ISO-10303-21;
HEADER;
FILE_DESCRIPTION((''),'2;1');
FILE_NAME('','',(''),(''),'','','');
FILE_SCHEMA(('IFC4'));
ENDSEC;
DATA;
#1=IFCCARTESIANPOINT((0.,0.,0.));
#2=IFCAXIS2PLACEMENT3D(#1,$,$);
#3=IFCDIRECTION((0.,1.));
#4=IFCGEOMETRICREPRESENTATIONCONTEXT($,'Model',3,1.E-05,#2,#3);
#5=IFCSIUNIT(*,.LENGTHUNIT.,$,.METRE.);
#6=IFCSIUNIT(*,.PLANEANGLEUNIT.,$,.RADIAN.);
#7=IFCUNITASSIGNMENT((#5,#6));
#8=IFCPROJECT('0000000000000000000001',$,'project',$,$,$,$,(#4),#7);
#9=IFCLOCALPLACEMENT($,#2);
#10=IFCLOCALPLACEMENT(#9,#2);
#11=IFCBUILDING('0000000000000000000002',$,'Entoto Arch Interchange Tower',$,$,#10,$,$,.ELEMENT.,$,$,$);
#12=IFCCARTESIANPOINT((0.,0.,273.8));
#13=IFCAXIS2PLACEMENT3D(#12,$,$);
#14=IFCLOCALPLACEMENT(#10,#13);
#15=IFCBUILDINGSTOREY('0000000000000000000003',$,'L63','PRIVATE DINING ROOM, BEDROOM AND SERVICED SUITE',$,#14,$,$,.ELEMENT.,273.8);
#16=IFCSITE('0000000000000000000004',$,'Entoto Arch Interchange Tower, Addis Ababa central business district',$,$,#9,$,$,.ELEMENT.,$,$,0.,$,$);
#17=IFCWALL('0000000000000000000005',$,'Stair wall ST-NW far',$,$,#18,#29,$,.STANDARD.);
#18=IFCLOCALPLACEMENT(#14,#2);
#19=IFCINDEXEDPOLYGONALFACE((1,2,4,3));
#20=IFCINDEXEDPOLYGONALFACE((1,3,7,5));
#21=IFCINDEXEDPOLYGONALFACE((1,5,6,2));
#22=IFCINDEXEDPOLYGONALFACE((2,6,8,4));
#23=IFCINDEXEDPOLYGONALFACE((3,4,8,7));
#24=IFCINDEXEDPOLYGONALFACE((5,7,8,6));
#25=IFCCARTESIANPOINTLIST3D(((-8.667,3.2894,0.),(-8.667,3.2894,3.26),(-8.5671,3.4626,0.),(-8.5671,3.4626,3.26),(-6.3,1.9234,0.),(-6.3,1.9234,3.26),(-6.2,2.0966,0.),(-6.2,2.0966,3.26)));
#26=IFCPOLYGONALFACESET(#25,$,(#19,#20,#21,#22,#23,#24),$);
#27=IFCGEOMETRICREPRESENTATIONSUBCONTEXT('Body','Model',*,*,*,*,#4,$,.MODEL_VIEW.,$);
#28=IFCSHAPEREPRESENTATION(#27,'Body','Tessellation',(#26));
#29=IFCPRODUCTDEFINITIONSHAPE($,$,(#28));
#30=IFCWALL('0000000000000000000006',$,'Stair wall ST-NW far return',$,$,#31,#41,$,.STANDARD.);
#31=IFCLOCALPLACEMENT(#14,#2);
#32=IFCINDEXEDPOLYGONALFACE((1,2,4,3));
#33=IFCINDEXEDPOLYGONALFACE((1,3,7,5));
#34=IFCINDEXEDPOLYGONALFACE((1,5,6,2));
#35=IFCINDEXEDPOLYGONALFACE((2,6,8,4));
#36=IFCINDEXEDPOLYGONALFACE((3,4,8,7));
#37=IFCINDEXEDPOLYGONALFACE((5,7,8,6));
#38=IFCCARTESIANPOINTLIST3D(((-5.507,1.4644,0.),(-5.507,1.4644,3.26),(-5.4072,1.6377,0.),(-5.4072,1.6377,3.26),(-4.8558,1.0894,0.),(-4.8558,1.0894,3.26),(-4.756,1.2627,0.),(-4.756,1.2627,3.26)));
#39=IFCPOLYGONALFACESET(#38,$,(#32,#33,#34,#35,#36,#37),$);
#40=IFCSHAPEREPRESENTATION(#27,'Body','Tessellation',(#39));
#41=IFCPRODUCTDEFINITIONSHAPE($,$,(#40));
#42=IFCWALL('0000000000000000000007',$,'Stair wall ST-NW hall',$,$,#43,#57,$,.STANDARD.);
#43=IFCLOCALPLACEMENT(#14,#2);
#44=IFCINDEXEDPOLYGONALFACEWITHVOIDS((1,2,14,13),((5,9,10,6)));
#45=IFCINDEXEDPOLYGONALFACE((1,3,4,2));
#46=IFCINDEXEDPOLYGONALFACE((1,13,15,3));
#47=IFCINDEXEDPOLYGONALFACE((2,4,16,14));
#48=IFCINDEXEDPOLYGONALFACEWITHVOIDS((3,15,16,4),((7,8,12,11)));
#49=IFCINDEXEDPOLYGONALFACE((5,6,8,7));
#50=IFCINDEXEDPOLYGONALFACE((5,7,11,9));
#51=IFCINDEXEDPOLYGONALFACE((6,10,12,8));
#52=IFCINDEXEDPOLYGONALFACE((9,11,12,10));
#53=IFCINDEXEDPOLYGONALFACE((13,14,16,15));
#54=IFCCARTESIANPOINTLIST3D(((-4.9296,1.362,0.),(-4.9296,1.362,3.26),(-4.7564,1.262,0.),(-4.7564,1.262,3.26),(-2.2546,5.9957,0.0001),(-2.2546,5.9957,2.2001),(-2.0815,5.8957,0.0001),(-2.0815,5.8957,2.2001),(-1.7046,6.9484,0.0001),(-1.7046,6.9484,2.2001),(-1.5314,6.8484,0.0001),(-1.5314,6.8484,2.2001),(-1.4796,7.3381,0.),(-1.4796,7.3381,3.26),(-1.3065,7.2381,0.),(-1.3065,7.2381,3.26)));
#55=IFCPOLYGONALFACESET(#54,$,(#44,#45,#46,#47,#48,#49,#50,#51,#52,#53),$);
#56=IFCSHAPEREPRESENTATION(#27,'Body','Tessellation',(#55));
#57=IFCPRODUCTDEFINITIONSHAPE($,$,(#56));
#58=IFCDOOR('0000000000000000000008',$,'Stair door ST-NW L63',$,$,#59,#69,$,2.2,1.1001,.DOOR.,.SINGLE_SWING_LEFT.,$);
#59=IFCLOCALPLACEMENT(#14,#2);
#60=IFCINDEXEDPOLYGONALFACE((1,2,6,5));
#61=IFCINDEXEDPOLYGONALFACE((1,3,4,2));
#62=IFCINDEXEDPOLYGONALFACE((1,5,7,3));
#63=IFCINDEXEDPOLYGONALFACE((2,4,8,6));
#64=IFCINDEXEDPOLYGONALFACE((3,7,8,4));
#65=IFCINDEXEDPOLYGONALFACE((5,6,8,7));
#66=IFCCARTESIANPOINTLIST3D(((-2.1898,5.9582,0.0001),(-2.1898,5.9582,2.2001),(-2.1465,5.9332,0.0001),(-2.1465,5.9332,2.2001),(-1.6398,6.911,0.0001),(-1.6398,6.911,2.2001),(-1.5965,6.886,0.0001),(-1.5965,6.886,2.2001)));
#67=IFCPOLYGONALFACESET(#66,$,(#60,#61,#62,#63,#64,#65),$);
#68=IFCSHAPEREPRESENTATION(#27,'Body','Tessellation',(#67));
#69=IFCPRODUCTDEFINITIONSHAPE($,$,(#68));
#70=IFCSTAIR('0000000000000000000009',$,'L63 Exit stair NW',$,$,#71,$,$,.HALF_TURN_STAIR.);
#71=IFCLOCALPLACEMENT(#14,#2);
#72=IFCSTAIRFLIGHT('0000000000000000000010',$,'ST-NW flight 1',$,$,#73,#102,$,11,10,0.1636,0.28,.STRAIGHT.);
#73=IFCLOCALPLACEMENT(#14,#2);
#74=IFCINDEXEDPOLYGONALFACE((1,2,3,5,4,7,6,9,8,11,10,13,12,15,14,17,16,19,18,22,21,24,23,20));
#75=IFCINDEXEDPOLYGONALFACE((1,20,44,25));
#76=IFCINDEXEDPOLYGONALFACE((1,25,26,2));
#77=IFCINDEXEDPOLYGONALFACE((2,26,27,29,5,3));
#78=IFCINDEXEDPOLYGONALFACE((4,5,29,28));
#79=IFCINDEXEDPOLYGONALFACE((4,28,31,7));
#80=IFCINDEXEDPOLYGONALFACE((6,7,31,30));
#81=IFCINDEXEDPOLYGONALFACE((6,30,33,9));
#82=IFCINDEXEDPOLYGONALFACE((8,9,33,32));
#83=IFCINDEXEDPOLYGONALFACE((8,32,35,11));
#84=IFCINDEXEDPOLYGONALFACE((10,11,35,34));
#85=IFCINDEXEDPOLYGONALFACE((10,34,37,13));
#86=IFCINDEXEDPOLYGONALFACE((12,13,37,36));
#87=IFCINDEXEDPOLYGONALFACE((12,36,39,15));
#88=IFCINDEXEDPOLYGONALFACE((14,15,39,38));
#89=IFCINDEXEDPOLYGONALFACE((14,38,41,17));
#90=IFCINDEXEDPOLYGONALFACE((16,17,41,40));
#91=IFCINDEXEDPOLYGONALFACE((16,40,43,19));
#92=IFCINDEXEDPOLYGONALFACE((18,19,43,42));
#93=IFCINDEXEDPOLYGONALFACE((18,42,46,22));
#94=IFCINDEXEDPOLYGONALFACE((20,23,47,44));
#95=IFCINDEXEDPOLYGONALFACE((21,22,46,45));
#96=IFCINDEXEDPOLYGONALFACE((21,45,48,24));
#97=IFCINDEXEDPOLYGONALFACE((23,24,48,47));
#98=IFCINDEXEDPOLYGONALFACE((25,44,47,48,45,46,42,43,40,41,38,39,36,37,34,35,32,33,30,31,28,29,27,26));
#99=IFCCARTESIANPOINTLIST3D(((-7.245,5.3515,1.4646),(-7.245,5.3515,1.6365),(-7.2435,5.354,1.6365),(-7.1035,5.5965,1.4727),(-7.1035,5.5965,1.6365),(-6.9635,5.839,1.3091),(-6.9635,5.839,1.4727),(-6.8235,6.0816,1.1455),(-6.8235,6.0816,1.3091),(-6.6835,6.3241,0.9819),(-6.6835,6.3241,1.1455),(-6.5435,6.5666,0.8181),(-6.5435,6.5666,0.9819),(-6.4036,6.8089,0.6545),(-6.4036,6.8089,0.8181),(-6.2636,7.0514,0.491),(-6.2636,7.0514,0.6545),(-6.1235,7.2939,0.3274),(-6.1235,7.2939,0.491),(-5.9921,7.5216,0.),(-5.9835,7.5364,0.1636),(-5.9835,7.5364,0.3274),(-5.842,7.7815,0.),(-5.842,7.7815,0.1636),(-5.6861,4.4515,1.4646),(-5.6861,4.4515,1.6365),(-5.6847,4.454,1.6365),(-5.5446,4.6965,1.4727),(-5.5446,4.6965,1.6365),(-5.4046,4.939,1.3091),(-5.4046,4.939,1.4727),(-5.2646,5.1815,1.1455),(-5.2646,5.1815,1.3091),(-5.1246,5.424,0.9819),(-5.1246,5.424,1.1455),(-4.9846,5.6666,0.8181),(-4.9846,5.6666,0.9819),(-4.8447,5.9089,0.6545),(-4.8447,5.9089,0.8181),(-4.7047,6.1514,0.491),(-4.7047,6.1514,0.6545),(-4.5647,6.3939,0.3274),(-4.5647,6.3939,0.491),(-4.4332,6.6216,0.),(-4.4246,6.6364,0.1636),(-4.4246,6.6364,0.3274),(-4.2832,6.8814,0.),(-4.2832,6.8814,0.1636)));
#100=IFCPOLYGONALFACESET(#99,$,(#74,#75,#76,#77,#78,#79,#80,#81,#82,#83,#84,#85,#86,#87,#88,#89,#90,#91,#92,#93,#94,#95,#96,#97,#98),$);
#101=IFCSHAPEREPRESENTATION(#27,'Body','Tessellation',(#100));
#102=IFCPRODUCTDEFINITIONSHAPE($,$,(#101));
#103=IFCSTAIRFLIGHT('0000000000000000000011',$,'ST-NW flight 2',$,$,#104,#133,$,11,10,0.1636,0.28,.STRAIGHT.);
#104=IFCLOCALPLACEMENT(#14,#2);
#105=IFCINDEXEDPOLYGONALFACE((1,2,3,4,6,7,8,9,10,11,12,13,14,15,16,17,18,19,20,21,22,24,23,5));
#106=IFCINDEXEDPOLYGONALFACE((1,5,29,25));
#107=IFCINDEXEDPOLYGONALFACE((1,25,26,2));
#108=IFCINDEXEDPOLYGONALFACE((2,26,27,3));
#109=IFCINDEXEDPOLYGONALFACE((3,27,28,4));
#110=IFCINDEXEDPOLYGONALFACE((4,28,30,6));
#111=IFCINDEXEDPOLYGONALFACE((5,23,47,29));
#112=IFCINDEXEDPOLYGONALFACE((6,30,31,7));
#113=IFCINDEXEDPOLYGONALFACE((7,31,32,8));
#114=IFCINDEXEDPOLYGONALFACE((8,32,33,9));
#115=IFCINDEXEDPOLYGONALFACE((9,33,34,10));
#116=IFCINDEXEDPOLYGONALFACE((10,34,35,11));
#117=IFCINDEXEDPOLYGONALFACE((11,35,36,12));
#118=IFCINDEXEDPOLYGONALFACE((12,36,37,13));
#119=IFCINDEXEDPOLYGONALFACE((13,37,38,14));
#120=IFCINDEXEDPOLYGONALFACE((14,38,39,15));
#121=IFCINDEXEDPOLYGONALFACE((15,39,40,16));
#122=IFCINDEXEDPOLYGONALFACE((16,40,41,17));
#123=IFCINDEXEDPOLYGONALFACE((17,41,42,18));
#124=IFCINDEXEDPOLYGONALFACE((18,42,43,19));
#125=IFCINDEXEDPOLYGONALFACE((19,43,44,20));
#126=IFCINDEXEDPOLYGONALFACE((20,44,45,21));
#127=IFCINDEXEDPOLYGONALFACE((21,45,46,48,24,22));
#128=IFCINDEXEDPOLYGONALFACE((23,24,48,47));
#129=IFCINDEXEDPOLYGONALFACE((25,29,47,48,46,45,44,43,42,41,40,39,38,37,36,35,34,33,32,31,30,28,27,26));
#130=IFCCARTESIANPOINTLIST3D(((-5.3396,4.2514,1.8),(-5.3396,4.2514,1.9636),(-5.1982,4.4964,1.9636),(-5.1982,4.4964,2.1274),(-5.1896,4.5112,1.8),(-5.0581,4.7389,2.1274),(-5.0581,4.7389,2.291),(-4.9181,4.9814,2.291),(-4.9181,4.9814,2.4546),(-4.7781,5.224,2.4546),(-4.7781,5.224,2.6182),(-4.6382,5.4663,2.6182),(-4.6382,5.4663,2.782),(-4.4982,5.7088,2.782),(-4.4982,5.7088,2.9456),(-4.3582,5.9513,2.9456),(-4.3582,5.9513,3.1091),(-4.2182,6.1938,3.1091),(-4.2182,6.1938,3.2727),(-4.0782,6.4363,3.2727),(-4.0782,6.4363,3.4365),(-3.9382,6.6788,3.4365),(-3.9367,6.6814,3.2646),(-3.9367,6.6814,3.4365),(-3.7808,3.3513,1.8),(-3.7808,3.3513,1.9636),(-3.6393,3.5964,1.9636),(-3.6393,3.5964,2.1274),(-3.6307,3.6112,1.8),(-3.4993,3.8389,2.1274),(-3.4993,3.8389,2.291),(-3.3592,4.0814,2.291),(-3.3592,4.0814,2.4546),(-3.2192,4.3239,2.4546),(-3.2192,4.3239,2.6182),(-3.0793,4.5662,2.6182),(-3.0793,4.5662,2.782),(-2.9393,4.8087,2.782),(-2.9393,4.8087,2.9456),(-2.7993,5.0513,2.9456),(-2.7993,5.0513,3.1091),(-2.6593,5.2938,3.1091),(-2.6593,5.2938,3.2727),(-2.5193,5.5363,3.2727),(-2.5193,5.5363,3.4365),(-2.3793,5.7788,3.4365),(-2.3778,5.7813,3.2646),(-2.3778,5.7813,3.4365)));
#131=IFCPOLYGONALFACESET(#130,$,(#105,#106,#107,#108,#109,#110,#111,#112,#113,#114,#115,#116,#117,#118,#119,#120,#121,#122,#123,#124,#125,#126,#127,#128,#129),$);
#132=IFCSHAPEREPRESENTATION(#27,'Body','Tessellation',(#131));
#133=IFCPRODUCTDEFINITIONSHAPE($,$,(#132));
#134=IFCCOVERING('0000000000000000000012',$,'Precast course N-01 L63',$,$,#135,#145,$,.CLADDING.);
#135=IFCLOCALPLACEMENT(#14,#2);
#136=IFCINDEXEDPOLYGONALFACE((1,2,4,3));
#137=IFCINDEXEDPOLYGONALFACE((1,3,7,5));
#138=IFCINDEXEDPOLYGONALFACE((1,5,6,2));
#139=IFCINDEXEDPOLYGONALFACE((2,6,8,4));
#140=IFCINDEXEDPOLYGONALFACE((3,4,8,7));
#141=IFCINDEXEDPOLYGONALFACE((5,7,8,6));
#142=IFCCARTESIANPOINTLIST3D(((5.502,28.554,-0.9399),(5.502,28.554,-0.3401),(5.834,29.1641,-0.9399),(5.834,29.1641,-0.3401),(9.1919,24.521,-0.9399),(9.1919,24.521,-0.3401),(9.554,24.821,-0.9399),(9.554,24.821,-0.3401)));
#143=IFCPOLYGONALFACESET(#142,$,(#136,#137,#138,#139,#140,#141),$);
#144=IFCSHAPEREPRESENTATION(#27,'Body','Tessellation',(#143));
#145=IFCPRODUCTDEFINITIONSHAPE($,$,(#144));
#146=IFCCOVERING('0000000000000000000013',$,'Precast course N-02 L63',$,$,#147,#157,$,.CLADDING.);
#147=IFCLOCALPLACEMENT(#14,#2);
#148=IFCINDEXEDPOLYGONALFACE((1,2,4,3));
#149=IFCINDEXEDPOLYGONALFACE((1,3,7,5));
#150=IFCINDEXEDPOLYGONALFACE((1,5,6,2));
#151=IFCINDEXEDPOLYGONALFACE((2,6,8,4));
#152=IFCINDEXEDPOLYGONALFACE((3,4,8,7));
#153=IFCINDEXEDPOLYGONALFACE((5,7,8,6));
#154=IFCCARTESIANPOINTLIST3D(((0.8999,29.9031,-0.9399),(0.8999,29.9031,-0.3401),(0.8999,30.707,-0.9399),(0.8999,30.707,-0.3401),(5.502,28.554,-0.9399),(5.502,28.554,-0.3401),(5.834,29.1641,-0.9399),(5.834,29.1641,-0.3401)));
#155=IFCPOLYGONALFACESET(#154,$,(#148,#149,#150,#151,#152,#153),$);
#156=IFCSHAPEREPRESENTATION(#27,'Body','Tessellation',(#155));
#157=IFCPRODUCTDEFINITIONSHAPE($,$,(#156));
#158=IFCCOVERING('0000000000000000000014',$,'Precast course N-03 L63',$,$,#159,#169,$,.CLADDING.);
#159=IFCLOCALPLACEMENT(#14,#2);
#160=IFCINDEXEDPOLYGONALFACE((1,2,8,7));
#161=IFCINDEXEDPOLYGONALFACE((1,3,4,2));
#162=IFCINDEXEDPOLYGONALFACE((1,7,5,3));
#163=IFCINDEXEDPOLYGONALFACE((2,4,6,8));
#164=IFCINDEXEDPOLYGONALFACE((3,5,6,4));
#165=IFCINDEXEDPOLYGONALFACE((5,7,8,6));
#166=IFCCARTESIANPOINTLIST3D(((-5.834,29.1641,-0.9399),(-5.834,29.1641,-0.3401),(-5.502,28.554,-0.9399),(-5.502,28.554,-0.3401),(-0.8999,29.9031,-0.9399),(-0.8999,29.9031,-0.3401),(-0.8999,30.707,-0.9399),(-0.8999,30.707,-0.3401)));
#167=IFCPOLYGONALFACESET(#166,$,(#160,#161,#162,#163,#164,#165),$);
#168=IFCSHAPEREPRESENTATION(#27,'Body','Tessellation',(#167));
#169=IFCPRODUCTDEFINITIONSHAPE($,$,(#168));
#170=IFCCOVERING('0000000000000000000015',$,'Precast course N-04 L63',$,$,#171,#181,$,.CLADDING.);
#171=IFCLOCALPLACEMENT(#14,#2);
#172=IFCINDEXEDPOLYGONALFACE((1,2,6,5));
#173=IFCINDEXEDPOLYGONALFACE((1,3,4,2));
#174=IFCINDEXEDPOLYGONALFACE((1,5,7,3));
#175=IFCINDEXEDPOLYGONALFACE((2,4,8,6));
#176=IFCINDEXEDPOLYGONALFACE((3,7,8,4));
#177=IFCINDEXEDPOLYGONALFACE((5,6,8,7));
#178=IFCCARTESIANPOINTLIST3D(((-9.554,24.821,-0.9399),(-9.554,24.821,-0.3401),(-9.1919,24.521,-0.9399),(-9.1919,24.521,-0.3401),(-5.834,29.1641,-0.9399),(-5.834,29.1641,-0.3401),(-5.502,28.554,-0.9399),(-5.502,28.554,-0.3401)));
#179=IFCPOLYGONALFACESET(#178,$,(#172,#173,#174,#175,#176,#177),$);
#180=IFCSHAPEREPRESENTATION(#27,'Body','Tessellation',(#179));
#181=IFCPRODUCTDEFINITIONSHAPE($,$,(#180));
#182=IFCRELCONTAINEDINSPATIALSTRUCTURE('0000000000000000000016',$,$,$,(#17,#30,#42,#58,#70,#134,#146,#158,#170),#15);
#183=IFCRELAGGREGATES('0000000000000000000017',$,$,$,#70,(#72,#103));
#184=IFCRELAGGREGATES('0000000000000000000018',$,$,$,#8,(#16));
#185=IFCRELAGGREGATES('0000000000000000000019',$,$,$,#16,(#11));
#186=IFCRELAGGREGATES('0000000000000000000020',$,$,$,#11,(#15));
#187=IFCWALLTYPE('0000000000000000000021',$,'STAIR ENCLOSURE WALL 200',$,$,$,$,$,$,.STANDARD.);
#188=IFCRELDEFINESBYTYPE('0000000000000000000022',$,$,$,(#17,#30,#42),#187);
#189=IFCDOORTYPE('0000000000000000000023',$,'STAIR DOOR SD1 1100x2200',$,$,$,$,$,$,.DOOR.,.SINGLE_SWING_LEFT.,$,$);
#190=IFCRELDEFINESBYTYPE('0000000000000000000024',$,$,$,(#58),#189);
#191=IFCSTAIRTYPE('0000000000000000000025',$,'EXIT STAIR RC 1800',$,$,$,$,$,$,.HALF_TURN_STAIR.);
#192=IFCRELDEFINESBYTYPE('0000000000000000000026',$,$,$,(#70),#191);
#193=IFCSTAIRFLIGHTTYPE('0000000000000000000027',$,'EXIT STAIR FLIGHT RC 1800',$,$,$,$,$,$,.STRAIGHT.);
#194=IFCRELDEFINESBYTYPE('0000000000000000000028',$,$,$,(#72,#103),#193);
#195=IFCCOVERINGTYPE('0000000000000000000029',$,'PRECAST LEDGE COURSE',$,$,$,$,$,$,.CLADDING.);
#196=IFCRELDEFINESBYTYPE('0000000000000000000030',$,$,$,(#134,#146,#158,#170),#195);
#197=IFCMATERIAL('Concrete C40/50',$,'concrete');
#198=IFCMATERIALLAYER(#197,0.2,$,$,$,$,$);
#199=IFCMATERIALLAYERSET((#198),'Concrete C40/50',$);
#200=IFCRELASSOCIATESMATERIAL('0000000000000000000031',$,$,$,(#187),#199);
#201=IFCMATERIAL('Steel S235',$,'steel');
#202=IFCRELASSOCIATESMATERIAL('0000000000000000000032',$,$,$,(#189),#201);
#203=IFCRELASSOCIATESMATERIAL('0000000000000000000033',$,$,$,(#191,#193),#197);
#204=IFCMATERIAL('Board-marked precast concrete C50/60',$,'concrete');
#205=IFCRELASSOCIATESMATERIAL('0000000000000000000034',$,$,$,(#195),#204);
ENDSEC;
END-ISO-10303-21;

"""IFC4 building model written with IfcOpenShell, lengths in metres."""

from ifc_helpers import new_model, si_unit, direction, frame, frame_2d, origin, place, context, subcontext, project, spatial, polyline, rectangle, outline, extrude, material, layer, layer_set, type_object, element, fill, aggregate, save


model = new_model("IFC4")

# Units and contexts
model_context = context("Model", 3, precision=1e-05, world=origin(), true_north=direction((0.0, 1.0)))
body_context = subcontext(model_context, "Body", "Model", "MODEL_VIEW")
ifc_project = project(units=[si_unit("LENGTHUNIT", "METRE"), si_unit("PLANEANGLEUNIT", "RADIAN")], contexts=[model_context])

# Site, building, storey
site_placement = place(None, origin())
site = spatial("IfcSite", under=ifc_project, at=site_placement, Name="Entoto Arch Interchange Tower, Addis Ababa central business district", CompositionType="ELEMENT", RefElevation=0.0)
building_placement = place(site_placement, origin())
building = spatial("IfcBuilding", under=site, at=building_placement, Name="Entoto Arch Interchange Tower", CompositionType="ELEMENT")
storey_placement = place(building_placement, frame((0.0, 0.0, 273.8)))
storey = spatial("IfcBuildingStorey", under=building, at=storey_placement, Name="L63", Description="PRIVATE DINING ROOM, BEDROOM AND SERVICED SUITE", CompositionType="ELEMENT", Elevation=273.8)

# Shared definitions
ifc_material_1 = material(Name="Concrete C40/50", Category="concrete")

# Shared definitions
ifc_layer_1 = layer(ifc_material_1, 0.2)
ifc_layer_set_1 = layer_set([ifc_layer_1], Name="Concrete C40/50")
wall_type_1 = type_object("IfcWallType", Name="STAIR ENCLOSURE WALL 200", PredefinedType="STANDARD", material=ifc_layer_set_1)
ifc_material_2 = material(Name="Steel S235", Category="steel")
door_type_1 = type_object("IfcDoorType", Name="STAIR DOOR SD1 1100x2200", OperationType="SINGLE_SWING_LEFT", PredefinedType="DOOR", material=ifc_material_2)

# Walls
wall_1_placement = place(storey_placement, frame((-6.25, 2.01, 0.0), z_axis=(0.0, 0.0, 1.0), x_axis=(-0.866119, 0.499838, 0.0)))
element("IfcWall", 1, at=wall_1_placement, inside=storey, type_object=wall_type_1, Name="Stair wall ST-NW far", PredefinedType="STANDARD", context=body_context, shape_type="SweptSolid", body=[
    extrude(rectangle(XDim=2.7329, YDim=0.2, at=frame_2d((1.3665, 0.0))), origin(), (0.0, 0.0, 1.0), 3.26),
])
wall_2_placement = place(storey_placement, frame((-4.8059, 1.176, 0.0), z_axis=(0.0, 0.0, 1.0), x_axis=(-0.866559, 0.499075, 0.0)))
element("IfcWall", 2, at=wall_2_placement, inside=storey, type_object=wall_type_1, Name="Stair wall ST-NW far return", PredefinedType="STANDARD", context=body_context, shape_type="SweptSolid", body=[
    extrude(rectangle(XDim=0.7515, YDim=0.2, at=frame_2d((0.3757, 0.0))), origin(), (0.0, 0.0, 1.0), 3.26),
])

# Wall, opening, door
wall_3_placement = place(storey_placement, frame((-1.3931, 7.2881, 0.0), z_axis=(0.0, 0.0, 1.0), x_axis=(-0.499963, -0.866047, 0.0)))
wall_3 = element("IfcWall", 3, at=wall_3_placement, inside=storey, type_object=wall_type_1, Name="Stair wall ST-NW hall", PredefinedType="STANDARD", context=body_context, shape_type="SweptSolid", body=[
    extrude(rectangle(XDim=6.9004, YDim=0.2, at=frame_2d((3.4502, 0.0))), origin(), (0.0, 0.0, 1.0), 3.26),
])
opening_1_placement = place(wall_3_placement, frame((0.45, 0.0, 0.0)))
opening_1 = element("IfcOpeningElement", 4, at=opening_1_placement, cuts=wall_3, PredefinedType="OPENING", context=body_context, shape_type="SweptSolid", body=[
    extrude(rectangle(XDim=1.1001, YDim=2.2, at=frame_2d((0.55, 1.1001))), frame((0.0, 0.1099, 0.0), z_axis=(0.0, -1.0, 0.0), x_axis=(1.0, 0.0, 0.0)), (0.0, 0.0, 1.0), 0.22),
])
door_1_placement = place(opening_1_placement, origin())
door_1 = element("IfcDoor", 5, at=door_1_placement, inside=storey, type_object=door_type_1, Name="Stair door ST-NW L63", OperationType="SINGLE_SWING_LEFT", OverallHeight=2.2, OverallWidth=1.1001, PredefinedType="DOOR", context=body_context, shape_type="SweptSolid", body=[
    extrude(rectangle(XDim=1.1001, YDim=2.2, at=frame_2d((0.55, 1.1001))), frame((0.0, 0.0249, 0.0), z_axis=(0.0, -1.0, 0.0), x_axis=(1.0, 0.0, 0.0)), (0.0, 0.0, 1.0), 0.05),
])
fill(opening_1, door_1)

# Stair, stair flights
stair_type = type_object("IfcStairType", Name="EXIT STAIR RC 1800", PredefinedType="HALF_TURN_STAIR", material=ifc_material_1)
stair_placement = place(storey_placement, origin())
stair = element("IfcStair", 6, at=stair_placement, inside=storey, type_object=stair_type, Name="L63 Exit stair NW", PredefinedType="HALF_TURN_STAIR")
stair_flight_type = type_object("IfcStairFlightType", Name="EXIT STAIR FLIGHT RC 1800", PredefinedType="STRAIGHT", material=ifc_material_1)
stair_flight_1_placement = place(storey_placement, frame((-5.064, 7.3289, 0.0), z_axis=(0.0, 0.0, 1.0), x_axis=(-0.5, -0.866025, 0.0)))
stair_flight_1 = element("IfcStairFlight", 7, at=stair_flight_1_placement, type_object=stair_flight_type, Name="ST-NW flight 1", NumberOfRisers=11, NumberOfTreads=10, PredefinedType="STRAIGHT", RiserHeight=0.1636, TreadLength=0.28, context=body_context, shape_type="SweptSolid", body=[
    extrude(outline(polyline([(-0.0029, 0.0), (-0.0029, 0.1636), (0.28, 0.1636), (0.28, 0.3274), (0.5601, 0.3274), (0.5601, 0.491), (0.8401, 0.491), (0.8401, 0.6545), (1.1201, 0.6545), (1.1201, 0.8181), (1.3999, 0.8181), (1.3999, 0.9819), (1.6799, 0.9819), (1.6799, 1.1455), (1.96, 1.1455), (1.96, 1.3091), (2.24, 1.3091), (2.24, 1.4727), (2.52, 1.4727), (2.52, 1.6365), (2.8, 1.6365), (2.803, 1.6365), (2.803, 1.4646), (0.2971, 0.0), (-0.0029, 0.0)])), frame((0.0, 0.8999, 0.0), z_axis=(0.0, -1.0, 0.0), x_axis=(1.0, 0.0, 0.0)), (0.0, 0.0, 1.0), 1.8),
])
stair_flight_2_placement = place(storey_placement, frame((-4.5588, 3.804, 1.8), z_axis=(0.0, 0.0, 1.0), x_axis=(0.5, 0.866025, 0.0)))
stair_flight_2 = element("IfcStairFlight", 8, at=stair_flight_2_placement, type_object=stair_flight_type, Name="ST-NW flight 2", NumberOfRisers=11, NumberOfTreads=10, PredefinedType="STRAIGHT", RiserHeight=0.1636, TreadLength=0.28, context=body_context, shape_type="SweptSolid", body=[
    extrude(outline(polyline([(-0.0029, 0.0), (-0.0029, 0.1636), (0.28, 0.1636), (0.28, 0.3274), (0.5601, 0.3274), (0.5601, 0.491), (0.8401, 0.491), (0.8401, 0.6545), (1.1201, 0.6545), (1.1201, 0.8181), (1.3999, 0.8181), (1.3999, 0.9819), (1.6799, 0.9819), (1.6799, 1.1455), (1.96, 1.1455), (1.96, 1.3091), (2.24, 1.3091), (2.24, 1.4727), (2.52, 1.4727), (2.52, 1.6365), (2.8, 1.6365), (2.803, 1.6365), (2.803, 1.4646), (0.2971, 0.0), (-0.0029, 0.0)])), frame((0.0, 0.8999, 0.0), z_axis=(0.0, -1.0, 0.0), x_axis=(1.0, 0.0, 0.0)), (0.0, 0.0, 1.0), 1.8),
])
aggregate(stair, [stair_flight_1, stair_flight_2])

# Coverings
ifc_material_3 = material(Name="Board-marked precast concrete C50/60", Category="concrete")
covering_type = type_object("IfcCoveringType", Name="PRECAST LEDGE COURSE", PredefinedType="CLADDING", material=ifc_material_3)
covering_1_placement = place(storey_placement, frame((0.0, 0.0, -0.9399)))
element("IfcCovering", 9, at=covering_1_placement, inside=storey, type_object=covering_type, Name="Precast course N-01 L63", PredefinedType="CLADDING", context=body_context, shape_type="SweptSolid", body=[
    extrude(outline(polyline([(5.502, 28.554), (5.834, 29.1641), (9.554, 24.821), (9.1919, 24.521), (5.502, 28.554)])), origin(), (0.0, 0.0, 1.0), 0.5999),
])
covering_2_placement = place(storey_placement, frame((0.0, 0.0, -0.9399)))
element("IfcCovering", 10, at=covering_2_placement, inside=storey, type_object=covering_type, Name="Precast course N-02 L63", PredefinedType="CLADDING", context=body_context, shape_type="SweptSolid", body=[
    extrude(outline(polyline([(0.8999, 29.9031), (0.8999, 30.707), (5.834, 29.1641), (5.502, 28.554), (0.8999, 29.9031)])), origin(), (0.0, 0.0, 1.0), 0.5999),
])
covering_3_placement = place(storey_placement, frame((0.0, 0.0, -0.9399)))
element("IfcCovering", 11, at=covering_3_placement, inside=storey, type_object=covering_type, Name="Precast course N-03 L63", PredefinedType="CLADDING", context=body_context, shape_type="SweptSolid", body=[
    extrude(outline(polyline([(-5.502, 28.554), (-5.834, 29.1641), (-0.8999, 30.707), (-0.8999, 29.9031), (-5.502, 28.554)])), origin(), (0.0, 0.0, 1.0), 0.5999),
])
covering_4_placement = place(storey_placement, frame((0.0, 0.0, -0.9399)))
element("IfcCovering", 12, at=covering_4_placement, inside=storey, type_object=covering_type, Name="Precast course N-04 L63", PredefinedType="CLADDING", context=body_context, shape_type="SweptSolid", body=[
    extrude(outline(polyline([(-9.1919, 24.521), (-9.554, 24.821), (-5.834, 29.1641), (-5.502, 28.554), (-9.1919, 24.521)])), origin(), (0.0, 0.0, 1.0), 0.5999),
])

save(model, "model.ifc")
